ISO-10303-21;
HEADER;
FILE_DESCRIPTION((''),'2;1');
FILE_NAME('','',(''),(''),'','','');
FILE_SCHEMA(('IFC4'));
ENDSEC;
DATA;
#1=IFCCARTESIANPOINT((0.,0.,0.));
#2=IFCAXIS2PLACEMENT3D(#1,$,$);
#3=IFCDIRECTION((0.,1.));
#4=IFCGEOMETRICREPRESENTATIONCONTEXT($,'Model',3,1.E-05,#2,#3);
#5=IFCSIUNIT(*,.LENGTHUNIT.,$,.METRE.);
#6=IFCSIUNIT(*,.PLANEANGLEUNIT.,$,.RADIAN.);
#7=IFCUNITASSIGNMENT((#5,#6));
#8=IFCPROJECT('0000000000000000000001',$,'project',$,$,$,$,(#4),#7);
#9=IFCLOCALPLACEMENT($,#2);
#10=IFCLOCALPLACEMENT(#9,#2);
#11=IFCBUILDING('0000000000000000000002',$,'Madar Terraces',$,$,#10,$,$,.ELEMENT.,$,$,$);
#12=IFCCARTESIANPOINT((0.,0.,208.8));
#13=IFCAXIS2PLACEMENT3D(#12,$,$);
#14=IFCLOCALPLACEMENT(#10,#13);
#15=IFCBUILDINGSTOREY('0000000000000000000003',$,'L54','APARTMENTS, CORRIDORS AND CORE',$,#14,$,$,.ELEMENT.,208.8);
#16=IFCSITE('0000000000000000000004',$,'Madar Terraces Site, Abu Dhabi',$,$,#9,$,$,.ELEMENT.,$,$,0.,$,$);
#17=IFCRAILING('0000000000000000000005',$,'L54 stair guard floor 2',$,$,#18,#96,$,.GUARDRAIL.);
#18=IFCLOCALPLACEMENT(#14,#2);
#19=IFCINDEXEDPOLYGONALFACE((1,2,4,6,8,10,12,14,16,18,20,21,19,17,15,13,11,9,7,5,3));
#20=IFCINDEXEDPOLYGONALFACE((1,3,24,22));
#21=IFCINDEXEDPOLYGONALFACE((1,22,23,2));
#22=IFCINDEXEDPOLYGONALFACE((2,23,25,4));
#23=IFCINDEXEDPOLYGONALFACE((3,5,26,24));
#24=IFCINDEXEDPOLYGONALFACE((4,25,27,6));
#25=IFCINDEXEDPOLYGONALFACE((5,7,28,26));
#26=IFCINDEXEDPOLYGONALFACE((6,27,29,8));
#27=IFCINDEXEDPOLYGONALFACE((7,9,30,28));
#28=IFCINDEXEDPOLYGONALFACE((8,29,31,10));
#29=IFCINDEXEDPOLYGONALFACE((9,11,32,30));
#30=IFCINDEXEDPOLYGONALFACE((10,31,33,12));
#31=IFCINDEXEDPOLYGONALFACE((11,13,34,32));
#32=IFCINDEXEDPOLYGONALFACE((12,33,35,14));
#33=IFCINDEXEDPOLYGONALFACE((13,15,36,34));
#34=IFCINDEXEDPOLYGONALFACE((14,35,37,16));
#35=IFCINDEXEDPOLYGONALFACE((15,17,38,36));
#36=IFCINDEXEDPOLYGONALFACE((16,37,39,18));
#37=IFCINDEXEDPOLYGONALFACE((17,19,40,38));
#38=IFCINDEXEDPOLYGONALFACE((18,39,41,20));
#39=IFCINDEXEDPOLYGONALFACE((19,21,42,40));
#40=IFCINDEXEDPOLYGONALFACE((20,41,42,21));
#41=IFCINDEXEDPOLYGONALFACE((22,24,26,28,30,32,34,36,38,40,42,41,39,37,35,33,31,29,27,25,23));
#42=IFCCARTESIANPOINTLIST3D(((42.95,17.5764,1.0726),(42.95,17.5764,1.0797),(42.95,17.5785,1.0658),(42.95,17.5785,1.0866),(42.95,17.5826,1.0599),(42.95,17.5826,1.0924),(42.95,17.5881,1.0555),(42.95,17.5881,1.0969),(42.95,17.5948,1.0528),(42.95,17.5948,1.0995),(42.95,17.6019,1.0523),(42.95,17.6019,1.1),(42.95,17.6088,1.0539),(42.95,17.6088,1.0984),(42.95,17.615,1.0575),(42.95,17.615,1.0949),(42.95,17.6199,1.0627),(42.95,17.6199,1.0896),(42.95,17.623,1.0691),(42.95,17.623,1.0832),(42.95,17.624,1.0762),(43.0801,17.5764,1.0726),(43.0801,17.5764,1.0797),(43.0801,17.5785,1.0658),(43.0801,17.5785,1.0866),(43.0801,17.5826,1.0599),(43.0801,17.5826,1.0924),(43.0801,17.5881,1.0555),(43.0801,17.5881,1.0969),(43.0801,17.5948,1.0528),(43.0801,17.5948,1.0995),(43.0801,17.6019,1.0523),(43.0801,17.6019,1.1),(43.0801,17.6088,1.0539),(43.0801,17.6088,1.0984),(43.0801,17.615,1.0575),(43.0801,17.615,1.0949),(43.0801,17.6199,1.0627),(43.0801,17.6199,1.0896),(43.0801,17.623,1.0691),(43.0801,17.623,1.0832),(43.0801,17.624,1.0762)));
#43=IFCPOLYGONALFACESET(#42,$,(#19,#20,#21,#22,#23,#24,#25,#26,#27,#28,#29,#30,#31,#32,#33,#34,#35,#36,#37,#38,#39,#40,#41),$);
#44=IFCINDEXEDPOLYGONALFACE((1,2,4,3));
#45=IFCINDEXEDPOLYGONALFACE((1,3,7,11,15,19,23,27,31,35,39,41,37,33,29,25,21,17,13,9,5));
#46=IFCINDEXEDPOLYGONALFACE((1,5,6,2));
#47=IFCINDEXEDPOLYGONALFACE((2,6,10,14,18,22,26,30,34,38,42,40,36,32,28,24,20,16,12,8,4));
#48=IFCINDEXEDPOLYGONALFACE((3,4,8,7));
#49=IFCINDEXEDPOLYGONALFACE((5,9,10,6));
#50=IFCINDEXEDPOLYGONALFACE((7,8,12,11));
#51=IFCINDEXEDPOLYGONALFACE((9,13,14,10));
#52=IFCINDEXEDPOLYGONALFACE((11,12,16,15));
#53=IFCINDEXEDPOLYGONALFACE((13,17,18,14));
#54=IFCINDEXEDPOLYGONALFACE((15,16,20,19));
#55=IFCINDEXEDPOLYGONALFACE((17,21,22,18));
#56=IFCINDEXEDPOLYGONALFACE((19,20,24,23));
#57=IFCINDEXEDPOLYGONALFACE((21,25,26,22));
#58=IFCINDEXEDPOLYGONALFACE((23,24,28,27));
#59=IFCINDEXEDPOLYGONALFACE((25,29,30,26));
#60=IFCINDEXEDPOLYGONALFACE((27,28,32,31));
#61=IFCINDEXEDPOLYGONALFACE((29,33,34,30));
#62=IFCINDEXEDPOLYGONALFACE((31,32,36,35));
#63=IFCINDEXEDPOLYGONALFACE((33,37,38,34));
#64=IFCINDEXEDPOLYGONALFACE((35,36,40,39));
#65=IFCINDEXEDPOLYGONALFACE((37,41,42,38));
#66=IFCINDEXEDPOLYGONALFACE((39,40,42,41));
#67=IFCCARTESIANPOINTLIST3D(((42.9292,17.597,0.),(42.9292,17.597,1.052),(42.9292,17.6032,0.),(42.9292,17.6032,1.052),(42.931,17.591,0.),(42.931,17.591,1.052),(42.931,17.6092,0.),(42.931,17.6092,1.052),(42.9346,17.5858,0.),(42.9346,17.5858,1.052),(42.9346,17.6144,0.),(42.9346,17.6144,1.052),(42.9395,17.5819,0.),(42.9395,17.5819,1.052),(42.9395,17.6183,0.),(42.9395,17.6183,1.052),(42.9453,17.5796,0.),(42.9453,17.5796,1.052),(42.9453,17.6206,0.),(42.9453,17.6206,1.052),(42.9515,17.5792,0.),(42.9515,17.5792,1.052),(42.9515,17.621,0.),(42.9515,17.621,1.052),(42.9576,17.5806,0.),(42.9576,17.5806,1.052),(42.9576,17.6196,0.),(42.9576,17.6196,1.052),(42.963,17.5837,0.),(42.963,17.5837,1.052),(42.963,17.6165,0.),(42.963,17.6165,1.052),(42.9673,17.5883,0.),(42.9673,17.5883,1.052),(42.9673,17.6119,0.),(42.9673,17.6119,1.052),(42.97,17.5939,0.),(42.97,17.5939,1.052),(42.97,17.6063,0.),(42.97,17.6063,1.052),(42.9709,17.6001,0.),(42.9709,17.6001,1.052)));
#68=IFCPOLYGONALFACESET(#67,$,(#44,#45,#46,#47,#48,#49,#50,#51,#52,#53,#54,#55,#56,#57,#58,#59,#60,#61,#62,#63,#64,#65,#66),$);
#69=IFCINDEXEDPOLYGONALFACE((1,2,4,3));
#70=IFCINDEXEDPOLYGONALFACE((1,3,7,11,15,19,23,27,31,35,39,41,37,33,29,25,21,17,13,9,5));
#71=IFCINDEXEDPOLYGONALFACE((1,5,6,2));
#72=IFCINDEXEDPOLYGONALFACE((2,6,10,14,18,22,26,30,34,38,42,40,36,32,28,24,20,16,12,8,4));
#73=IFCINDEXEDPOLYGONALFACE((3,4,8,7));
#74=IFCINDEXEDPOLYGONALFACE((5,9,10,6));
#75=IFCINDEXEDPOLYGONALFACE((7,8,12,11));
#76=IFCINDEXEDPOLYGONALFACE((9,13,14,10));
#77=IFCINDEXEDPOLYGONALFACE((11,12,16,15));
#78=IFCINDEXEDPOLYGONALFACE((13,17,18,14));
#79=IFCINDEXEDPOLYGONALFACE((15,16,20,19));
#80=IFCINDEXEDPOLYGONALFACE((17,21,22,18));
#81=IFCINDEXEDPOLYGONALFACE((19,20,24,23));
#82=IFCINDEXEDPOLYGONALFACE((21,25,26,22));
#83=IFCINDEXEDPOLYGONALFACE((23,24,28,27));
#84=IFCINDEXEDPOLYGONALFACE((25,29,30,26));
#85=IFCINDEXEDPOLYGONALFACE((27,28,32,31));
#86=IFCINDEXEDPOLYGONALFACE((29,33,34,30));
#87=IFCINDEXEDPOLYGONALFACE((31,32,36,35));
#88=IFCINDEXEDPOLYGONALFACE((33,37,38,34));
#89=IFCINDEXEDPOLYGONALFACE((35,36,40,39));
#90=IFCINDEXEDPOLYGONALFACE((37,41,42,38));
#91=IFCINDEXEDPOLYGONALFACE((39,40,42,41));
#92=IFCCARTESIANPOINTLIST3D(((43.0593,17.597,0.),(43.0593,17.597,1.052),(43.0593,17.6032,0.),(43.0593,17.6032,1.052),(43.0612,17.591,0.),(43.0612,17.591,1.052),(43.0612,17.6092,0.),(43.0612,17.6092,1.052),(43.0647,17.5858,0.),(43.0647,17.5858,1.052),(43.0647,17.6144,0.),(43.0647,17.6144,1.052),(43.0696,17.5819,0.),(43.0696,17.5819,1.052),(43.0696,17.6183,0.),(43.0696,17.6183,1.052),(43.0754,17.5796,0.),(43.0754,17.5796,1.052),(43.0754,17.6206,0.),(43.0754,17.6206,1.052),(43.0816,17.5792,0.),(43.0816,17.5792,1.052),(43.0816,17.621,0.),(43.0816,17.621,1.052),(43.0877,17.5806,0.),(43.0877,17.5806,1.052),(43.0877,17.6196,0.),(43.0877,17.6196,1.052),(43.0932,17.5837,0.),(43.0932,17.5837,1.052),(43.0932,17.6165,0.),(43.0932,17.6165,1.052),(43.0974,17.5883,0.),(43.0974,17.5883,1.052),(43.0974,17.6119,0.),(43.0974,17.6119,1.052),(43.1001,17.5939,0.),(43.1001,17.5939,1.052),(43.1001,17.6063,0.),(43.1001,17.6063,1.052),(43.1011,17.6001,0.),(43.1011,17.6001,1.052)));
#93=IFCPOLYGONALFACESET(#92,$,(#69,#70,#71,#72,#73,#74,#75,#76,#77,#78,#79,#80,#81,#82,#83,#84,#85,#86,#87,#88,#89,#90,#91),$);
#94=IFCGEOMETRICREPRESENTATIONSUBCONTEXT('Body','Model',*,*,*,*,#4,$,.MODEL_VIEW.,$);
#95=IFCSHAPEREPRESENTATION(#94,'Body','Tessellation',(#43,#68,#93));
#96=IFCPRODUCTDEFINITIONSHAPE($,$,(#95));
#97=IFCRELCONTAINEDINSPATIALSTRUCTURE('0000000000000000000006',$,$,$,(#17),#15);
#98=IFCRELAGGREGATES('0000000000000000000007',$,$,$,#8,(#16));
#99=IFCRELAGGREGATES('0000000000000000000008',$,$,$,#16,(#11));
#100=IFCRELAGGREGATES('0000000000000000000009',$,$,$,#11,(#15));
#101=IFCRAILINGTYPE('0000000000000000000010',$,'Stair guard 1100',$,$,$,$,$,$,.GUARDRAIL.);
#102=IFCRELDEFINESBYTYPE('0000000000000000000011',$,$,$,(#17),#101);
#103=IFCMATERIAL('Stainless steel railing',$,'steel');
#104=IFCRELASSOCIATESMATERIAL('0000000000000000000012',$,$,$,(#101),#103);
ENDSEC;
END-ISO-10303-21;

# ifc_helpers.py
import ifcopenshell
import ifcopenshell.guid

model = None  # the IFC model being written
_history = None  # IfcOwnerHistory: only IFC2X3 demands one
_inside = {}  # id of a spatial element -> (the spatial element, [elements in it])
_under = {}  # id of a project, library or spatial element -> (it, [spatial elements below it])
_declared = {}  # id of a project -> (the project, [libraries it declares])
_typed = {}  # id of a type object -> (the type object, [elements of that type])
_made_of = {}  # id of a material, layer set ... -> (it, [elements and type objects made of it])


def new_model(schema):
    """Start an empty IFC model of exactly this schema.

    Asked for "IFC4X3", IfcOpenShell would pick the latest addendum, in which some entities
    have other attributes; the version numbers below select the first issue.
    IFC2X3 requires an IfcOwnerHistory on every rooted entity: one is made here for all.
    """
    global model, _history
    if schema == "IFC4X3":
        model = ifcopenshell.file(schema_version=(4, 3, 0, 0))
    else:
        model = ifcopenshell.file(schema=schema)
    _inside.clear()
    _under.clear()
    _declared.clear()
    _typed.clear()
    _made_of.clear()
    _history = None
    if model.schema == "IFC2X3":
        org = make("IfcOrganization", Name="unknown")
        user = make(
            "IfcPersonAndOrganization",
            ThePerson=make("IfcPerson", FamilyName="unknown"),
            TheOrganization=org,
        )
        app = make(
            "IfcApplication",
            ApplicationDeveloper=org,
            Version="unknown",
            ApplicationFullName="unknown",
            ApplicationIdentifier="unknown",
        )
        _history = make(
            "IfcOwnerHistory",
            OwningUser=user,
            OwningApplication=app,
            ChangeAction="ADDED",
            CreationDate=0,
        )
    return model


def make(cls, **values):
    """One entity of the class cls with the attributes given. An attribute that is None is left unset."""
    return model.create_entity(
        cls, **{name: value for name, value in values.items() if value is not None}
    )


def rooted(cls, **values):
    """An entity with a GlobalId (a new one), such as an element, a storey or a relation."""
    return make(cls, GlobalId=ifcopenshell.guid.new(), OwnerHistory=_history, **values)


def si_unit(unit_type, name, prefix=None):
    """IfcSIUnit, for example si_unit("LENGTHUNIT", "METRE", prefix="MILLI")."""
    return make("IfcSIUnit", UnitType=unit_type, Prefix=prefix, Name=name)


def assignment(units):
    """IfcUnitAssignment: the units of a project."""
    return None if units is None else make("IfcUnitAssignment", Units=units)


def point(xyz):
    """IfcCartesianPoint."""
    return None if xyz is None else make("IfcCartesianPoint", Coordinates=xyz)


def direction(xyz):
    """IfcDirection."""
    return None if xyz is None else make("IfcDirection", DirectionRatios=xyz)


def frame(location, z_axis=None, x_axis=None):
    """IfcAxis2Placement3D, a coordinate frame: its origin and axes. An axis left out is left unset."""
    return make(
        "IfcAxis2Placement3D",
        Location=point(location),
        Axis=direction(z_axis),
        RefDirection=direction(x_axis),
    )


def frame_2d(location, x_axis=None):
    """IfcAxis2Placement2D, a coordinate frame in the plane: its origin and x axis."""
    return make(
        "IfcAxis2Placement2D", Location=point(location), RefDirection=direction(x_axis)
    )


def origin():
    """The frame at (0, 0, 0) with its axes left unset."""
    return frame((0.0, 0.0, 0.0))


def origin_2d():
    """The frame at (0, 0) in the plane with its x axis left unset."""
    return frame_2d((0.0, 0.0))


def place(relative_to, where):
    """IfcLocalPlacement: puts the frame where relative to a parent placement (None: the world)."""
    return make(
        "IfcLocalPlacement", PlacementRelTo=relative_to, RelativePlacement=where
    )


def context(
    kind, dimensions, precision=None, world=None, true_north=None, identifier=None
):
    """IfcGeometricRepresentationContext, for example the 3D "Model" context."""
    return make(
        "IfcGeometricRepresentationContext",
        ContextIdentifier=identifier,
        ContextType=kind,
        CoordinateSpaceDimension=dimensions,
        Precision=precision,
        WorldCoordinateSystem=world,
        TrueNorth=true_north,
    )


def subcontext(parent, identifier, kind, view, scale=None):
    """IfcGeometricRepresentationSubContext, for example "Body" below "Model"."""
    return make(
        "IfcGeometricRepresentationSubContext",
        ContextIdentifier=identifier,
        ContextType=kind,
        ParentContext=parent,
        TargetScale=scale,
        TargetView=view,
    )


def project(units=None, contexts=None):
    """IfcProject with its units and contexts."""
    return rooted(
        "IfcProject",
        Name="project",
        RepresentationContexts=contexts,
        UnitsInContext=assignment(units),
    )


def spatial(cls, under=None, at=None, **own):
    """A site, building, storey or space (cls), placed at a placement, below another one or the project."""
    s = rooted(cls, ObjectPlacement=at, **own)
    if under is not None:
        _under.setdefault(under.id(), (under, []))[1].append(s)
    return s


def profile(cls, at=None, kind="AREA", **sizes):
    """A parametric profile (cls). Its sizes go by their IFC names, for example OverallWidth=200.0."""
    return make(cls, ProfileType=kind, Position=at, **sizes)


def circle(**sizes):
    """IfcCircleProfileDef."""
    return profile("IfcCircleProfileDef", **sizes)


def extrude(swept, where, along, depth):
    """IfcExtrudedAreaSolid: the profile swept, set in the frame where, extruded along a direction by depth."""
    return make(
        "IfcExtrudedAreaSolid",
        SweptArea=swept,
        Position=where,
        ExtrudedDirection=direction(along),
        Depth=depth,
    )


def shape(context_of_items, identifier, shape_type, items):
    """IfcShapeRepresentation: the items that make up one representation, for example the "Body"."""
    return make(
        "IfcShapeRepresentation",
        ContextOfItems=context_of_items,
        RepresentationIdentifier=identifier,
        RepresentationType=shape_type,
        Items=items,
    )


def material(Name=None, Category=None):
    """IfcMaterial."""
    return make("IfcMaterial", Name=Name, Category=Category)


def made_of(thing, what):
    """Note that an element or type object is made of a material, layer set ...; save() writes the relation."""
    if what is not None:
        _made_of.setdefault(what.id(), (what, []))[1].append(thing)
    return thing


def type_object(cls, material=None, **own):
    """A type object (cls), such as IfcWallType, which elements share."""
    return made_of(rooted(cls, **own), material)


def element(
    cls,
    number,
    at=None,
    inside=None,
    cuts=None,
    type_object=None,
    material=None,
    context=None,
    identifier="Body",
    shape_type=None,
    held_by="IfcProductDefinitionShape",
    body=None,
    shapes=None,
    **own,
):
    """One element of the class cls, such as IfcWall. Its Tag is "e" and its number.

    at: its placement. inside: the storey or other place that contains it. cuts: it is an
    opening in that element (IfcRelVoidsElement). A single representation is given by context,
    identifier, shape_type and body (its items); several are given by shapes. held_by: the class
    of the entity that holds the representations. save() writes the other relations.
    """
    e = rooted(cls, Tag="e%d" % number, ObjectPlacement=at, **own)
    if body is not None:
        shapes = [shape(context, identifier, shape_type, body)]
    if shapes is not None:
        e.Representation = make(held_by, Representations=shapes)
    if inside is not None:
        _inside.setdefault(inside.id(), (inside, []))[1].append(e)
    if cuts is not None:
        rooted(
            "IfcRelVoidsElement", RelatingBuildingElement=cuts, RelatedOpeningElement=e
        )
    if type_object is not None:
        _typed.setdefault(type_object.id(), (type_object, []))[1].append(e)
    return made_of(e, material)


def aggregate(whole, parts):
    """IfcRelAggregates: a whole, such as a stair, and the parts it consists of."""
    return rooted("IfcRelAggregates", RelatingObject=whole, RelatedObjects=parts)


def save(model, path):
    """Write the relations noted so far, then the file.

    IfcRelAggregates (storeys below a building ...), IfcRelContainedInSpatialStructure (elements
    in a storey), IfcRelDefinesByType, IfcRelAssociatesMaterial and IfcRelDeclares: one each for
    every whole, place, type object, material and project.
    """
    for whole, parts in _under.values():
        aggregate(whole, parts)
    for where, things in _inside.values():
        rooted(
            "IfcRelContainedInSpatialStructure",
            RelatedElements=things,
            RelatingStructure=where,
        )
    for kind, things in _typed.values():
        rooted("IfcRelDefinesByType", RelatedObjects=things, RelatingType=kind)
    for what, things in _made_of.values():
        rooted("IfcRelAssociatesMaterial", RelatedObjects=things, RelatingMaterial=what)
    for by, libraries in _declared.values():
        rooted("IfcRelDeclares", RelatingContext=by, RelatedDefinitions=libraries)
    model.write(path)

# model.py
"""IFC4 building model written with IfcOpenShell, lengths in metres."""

from ifc_helpers import new_model, si_unit, direction, frame, origin, origin_2d, place, context, subcontext, project, spatial, circle, extrude, material, type_object, element, save


model = new_model("IFC4")

# Units and contexts
model_context = context("Model", 3, precision=1e-05, world=origin(), true_north=direction((0.0, 1.0)))
body_context = subcontext(model_context, "Body", "Model", "MODEL_VIEW")
ifc_project = project(units=[si_unit("LENGTHUNIT", "METRE"), si_unit("PLANEANGLEUNIT", "RADIAN")], contexts=[model_context])

# Site, building, storey
site_placement = place(None, origin())
site = spatial("IfcSite", under=ifc_project, at=site_placement, Name="Madar Terraces Site, Abu Dhabi", CompositionType="ELEMENT", RefElevation=0.0)
building_placement = place(site_placement, origin())
building = spatial("IfcBuilding", under=site, at=building_placement, Name="Madar Terraces", CompositionType="ELEMENT")
storey_placement = place(building_placement, frame((0.0, 0.0, 208.8)))
storey = spatial("IfcBuildingStorey", under=building, at=storey_placement, Name="L54", Description="APARTMENTS, CORRIDORS AND CORE", CompositionType="ELEMENT", Elevation=208.8)

# Railing
ifc_material_1 = material(Name="Stainless steel railing", Category="steel")
railing_type_1 = type_object("IfcRailingType", Name="Stair guard 1100", PredefinedType="GUARDRAIL", material=ifc_material_1)
railing_1_placement = place(storey_placement, frame((42.95, 17.6001, 0.0)))
element("IfcRailing", 1, at=railing_1_placement, inside=storey, type_object=railing_type_1, Name="L54 stair guard floor 2", PredefinedType="GUARDRAIL", context=body_context, shape_type="SweptSolid", body=[
    extrude(circle(Radius=0.0239, at=origin_2d()), frame((0.0, 0.0, 1.0762), z_axis=(1.0, 0.0, 0.0), x_axis=(0.0, 1.0, 0.0)), (0.0, 0.0, 1.0), 0.1301),
    extrude(circle(Radius=0.021, at=origin_2d()), origin(), (0.0, 0.0, 1.0), 1.052),
    extrude(circle(Radius=0.021, at=origin_2d()), frame((0.1301, 0.0, 0.0)), (0.0, 0.0, 1.0), 1.052),
])

save(model, "model.ifc")
